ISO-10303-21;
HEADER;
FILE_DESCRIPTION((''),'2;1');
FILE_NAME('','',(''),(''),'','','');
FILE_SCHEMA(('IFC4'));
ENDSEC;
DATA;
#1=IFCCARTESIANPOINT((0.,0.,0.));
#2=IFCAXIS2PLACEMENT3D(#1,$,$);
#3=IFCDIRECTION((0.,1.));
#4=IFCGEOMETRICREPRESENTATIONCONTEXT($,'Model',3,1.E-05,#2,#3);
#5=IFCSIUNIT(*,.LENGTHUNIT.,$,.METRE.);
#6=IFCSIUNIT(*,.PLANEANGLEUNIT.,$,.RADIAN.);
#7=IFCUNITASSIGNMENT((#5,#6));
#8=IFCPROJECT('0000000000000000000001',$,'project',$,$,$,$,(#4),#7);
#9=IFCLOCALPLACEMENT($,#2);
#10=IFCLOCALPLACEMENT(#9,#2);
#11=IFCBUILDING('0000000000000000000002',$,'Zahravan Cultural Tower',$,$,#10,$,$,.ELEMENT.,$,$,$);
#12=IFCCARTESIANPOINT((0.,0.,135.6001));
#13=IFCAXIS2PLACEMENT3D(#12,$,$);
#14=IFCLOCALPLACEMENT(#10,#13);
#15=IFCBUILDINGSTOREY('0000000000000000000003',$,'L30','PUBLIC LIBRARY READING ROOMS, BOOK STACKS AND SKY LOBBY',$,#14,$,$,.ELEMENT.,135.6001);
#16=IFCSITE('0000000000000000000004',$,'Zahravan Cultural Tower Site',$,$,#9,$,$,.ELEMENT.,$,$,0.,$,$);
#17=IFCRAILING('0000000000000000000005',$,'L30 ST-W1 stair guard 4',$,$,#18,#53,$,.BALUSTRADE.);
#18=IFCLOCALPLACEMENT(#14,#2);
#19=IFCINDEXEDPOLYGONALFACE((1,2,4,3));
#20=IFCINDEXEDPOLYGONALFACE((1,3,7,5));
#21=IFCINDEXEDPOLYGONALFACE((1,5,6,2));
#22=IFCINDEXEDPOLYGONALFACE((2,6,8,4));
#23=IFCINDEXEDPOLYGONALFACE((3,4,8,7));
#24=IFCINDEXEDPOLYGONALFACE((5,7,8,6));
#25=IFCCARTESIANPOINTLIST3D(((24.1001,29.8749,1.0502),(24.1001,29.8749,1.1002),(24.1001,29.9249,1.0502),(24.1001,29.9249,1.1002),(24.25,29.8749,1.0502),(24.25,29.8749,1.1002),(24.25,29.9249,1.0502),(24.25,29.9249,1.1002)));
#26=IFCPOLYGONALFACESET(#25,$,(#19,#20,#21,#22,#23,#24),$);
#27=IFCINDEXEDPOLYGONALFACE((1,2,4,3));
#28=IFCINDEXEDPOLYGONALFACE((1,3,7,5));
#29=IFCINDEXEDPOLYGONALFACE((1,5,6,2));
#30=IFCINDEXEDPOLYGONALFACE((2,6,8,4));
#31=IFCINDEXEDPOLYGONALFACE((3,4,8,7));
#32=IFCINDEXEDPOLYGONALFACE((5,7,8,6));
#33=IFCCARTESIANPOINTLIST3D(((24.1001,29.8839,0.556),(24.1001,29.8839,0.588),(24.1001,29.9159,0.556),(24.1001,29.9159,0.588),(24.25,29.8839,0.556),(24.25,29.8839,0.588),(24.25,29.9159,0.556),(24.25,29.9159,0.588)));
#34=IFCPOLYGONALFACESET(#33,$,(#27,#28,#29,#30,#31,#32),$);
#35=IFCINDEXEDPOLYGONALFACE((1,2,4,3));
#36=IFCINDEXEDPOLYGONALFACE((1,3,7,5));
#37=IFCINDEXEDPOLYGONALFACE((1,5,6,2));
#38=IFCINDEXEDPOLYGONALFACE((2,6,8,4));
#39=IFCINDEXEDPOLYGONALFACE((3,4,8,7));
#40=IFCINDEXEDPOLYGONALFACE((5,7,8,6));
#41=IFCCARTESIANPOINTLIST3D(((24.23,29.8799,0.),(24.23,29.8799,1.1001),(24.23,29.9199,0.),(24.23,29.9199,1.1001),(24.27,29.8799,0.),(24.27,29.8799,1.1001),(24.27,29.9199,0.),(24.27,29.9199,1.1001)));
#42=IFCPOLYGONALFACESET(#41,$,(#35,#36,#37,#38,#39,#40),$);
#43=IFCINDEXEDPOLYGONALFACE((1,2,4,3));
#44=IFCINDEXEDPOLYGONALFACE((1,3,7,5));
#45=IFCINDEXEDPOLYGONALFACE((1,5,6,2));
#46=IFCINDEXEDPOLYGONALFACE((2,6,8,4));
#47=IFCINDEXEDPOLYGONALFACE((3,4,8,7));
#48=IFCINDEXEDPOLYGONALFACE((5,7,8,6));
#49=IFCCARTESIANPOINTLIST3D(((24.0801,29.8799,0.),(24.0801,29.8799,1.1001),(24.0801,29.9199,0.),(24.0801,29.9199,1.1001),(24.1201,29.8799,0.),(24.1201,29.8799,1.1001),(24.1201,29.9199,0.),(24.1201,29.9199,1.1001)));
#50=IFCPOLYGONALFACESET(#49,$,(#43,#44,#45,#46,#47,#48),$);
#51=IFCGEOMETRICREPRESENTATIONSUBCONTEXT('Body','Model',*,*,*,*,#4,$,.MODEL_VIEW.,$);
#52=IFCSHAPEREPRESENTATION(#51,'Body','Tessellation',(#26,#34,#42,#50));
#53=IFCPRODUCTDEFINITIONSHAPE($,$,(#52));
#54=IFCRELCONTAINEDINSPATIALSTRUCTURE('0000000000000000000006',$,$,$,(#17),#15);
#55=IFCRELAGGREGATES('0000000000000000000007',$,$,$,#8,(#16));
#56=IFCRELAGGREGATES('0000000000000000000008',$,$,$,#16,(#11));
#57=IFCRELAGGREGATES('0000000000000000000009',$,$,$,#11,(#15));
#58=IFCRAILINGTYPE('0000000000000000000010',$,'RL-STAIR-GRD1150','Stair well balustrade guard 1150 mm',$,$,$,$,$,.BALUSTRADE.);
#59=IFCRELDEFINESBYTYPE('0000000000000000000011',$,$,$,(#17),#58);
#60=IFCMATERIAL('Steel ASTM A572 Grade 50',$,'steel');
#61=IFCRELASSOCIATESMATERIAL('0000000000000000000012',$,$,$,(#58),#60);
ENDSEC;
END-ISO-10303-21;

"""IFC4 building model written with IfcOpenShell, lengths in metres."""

from ifc_helpers import new_model, si_unit, direction, frame, origin, origin_2d, place, context, subcontext, project, spatial, rectangle, extrude, material, type_object, element, save


model = new_model("IFC4")

# Units and contexts
model_context = context("Model", 3, precision=1e-05, world=origin(), true_north=direction((0.0, 1.0)))
body_context = subcontext(model_context, "Body", "Model", "MODEL_VIEW")
ifc_project = project(units=[si_unit("LENGTHUNIT", "METRE"), si_unit("PLANEANGLEUNIT", "RADIAN")], contexts=[model_context])

# Site, building, storey
site_placement = place(None, origin())
site = spatial("IfcSite", under=ifc_project, at=site_placement, Name="Zahravan Cultural Tower Site", CompositionType="ELEMENT", RefElevation=0.0)
building_placement = place(site_placement, origin())
building = spatial("IfcBuilding", under=site, at=building_placement, Name="Zahravan Cultural Tower", CompositionType="ELEMENT")
storey_placement = place(building_placement, frame((0.0, 0.0, 135.6001)))
storey = spatial("IfcBuildingStorey", under=building, at=storey_placement, Name="L30", Description="PUBLIC LIBRARY READING ROOMS, BOOK STACKS AND SKY LOBBY", CompositionType="ELEMENT", Elevation=135.6001)

# Shared definitions
ifc_material_1 = material(Name="Steel ASTM A572 Grade 50", Category="steel")

# Railing
railing_type = type_object("IfcRailingType", Name="RL-STAIR-GRD1150", Description="Stair well balustrade guard 1150 mm", PredefinedType="BALUSTRADE", material=ifc_material_1)
railing_placement = place(storey_placement, frame((24.25, 29.8999, 0.0)))
element("IfcRailing", 1, at=railing_placement, inside=storey, type_object=railing_type, Name="L30 ST-W1 stair guard 4", PredefinedType="BALUSTRADE", context=body_context, shape_type="SweptSolid", body=[
    extrude(rectangle(XDim=0.05, YDim=0.05, at=origin_2d()), frame((0.0, 0.0, 1.0752), z_axis=(-1.0, 0.0, 0.0), x_axis=(0.0, -1.0, 0.0)), (0.0, 0.0, 1.0), 0.1499),
    extrude(rectangle(XDim=0.032, YDim=0.032, at=origin_2d()), frame((0.0, 0.0, 0.572), z_axis=(-1.0, 0.0, 0.0), x_axis=(0.0, -1.0, 0.0)), (0.0, 0.0, 1.0), 0.1499),
    extrude(rectangle(XDim=0.04, YDim=0.04, at=origin_2d()), origin(), (0.0, 0.0, 1.0), 1.1001),
    extrude(rectangle(XDim=0.04, YDim=0.04, at=origin_2d()), frame((-0.1499, 0.0, 0.0)), (0.0, 0.0, 1.0), 1.1001),
])

save(model, "model.ifc")
